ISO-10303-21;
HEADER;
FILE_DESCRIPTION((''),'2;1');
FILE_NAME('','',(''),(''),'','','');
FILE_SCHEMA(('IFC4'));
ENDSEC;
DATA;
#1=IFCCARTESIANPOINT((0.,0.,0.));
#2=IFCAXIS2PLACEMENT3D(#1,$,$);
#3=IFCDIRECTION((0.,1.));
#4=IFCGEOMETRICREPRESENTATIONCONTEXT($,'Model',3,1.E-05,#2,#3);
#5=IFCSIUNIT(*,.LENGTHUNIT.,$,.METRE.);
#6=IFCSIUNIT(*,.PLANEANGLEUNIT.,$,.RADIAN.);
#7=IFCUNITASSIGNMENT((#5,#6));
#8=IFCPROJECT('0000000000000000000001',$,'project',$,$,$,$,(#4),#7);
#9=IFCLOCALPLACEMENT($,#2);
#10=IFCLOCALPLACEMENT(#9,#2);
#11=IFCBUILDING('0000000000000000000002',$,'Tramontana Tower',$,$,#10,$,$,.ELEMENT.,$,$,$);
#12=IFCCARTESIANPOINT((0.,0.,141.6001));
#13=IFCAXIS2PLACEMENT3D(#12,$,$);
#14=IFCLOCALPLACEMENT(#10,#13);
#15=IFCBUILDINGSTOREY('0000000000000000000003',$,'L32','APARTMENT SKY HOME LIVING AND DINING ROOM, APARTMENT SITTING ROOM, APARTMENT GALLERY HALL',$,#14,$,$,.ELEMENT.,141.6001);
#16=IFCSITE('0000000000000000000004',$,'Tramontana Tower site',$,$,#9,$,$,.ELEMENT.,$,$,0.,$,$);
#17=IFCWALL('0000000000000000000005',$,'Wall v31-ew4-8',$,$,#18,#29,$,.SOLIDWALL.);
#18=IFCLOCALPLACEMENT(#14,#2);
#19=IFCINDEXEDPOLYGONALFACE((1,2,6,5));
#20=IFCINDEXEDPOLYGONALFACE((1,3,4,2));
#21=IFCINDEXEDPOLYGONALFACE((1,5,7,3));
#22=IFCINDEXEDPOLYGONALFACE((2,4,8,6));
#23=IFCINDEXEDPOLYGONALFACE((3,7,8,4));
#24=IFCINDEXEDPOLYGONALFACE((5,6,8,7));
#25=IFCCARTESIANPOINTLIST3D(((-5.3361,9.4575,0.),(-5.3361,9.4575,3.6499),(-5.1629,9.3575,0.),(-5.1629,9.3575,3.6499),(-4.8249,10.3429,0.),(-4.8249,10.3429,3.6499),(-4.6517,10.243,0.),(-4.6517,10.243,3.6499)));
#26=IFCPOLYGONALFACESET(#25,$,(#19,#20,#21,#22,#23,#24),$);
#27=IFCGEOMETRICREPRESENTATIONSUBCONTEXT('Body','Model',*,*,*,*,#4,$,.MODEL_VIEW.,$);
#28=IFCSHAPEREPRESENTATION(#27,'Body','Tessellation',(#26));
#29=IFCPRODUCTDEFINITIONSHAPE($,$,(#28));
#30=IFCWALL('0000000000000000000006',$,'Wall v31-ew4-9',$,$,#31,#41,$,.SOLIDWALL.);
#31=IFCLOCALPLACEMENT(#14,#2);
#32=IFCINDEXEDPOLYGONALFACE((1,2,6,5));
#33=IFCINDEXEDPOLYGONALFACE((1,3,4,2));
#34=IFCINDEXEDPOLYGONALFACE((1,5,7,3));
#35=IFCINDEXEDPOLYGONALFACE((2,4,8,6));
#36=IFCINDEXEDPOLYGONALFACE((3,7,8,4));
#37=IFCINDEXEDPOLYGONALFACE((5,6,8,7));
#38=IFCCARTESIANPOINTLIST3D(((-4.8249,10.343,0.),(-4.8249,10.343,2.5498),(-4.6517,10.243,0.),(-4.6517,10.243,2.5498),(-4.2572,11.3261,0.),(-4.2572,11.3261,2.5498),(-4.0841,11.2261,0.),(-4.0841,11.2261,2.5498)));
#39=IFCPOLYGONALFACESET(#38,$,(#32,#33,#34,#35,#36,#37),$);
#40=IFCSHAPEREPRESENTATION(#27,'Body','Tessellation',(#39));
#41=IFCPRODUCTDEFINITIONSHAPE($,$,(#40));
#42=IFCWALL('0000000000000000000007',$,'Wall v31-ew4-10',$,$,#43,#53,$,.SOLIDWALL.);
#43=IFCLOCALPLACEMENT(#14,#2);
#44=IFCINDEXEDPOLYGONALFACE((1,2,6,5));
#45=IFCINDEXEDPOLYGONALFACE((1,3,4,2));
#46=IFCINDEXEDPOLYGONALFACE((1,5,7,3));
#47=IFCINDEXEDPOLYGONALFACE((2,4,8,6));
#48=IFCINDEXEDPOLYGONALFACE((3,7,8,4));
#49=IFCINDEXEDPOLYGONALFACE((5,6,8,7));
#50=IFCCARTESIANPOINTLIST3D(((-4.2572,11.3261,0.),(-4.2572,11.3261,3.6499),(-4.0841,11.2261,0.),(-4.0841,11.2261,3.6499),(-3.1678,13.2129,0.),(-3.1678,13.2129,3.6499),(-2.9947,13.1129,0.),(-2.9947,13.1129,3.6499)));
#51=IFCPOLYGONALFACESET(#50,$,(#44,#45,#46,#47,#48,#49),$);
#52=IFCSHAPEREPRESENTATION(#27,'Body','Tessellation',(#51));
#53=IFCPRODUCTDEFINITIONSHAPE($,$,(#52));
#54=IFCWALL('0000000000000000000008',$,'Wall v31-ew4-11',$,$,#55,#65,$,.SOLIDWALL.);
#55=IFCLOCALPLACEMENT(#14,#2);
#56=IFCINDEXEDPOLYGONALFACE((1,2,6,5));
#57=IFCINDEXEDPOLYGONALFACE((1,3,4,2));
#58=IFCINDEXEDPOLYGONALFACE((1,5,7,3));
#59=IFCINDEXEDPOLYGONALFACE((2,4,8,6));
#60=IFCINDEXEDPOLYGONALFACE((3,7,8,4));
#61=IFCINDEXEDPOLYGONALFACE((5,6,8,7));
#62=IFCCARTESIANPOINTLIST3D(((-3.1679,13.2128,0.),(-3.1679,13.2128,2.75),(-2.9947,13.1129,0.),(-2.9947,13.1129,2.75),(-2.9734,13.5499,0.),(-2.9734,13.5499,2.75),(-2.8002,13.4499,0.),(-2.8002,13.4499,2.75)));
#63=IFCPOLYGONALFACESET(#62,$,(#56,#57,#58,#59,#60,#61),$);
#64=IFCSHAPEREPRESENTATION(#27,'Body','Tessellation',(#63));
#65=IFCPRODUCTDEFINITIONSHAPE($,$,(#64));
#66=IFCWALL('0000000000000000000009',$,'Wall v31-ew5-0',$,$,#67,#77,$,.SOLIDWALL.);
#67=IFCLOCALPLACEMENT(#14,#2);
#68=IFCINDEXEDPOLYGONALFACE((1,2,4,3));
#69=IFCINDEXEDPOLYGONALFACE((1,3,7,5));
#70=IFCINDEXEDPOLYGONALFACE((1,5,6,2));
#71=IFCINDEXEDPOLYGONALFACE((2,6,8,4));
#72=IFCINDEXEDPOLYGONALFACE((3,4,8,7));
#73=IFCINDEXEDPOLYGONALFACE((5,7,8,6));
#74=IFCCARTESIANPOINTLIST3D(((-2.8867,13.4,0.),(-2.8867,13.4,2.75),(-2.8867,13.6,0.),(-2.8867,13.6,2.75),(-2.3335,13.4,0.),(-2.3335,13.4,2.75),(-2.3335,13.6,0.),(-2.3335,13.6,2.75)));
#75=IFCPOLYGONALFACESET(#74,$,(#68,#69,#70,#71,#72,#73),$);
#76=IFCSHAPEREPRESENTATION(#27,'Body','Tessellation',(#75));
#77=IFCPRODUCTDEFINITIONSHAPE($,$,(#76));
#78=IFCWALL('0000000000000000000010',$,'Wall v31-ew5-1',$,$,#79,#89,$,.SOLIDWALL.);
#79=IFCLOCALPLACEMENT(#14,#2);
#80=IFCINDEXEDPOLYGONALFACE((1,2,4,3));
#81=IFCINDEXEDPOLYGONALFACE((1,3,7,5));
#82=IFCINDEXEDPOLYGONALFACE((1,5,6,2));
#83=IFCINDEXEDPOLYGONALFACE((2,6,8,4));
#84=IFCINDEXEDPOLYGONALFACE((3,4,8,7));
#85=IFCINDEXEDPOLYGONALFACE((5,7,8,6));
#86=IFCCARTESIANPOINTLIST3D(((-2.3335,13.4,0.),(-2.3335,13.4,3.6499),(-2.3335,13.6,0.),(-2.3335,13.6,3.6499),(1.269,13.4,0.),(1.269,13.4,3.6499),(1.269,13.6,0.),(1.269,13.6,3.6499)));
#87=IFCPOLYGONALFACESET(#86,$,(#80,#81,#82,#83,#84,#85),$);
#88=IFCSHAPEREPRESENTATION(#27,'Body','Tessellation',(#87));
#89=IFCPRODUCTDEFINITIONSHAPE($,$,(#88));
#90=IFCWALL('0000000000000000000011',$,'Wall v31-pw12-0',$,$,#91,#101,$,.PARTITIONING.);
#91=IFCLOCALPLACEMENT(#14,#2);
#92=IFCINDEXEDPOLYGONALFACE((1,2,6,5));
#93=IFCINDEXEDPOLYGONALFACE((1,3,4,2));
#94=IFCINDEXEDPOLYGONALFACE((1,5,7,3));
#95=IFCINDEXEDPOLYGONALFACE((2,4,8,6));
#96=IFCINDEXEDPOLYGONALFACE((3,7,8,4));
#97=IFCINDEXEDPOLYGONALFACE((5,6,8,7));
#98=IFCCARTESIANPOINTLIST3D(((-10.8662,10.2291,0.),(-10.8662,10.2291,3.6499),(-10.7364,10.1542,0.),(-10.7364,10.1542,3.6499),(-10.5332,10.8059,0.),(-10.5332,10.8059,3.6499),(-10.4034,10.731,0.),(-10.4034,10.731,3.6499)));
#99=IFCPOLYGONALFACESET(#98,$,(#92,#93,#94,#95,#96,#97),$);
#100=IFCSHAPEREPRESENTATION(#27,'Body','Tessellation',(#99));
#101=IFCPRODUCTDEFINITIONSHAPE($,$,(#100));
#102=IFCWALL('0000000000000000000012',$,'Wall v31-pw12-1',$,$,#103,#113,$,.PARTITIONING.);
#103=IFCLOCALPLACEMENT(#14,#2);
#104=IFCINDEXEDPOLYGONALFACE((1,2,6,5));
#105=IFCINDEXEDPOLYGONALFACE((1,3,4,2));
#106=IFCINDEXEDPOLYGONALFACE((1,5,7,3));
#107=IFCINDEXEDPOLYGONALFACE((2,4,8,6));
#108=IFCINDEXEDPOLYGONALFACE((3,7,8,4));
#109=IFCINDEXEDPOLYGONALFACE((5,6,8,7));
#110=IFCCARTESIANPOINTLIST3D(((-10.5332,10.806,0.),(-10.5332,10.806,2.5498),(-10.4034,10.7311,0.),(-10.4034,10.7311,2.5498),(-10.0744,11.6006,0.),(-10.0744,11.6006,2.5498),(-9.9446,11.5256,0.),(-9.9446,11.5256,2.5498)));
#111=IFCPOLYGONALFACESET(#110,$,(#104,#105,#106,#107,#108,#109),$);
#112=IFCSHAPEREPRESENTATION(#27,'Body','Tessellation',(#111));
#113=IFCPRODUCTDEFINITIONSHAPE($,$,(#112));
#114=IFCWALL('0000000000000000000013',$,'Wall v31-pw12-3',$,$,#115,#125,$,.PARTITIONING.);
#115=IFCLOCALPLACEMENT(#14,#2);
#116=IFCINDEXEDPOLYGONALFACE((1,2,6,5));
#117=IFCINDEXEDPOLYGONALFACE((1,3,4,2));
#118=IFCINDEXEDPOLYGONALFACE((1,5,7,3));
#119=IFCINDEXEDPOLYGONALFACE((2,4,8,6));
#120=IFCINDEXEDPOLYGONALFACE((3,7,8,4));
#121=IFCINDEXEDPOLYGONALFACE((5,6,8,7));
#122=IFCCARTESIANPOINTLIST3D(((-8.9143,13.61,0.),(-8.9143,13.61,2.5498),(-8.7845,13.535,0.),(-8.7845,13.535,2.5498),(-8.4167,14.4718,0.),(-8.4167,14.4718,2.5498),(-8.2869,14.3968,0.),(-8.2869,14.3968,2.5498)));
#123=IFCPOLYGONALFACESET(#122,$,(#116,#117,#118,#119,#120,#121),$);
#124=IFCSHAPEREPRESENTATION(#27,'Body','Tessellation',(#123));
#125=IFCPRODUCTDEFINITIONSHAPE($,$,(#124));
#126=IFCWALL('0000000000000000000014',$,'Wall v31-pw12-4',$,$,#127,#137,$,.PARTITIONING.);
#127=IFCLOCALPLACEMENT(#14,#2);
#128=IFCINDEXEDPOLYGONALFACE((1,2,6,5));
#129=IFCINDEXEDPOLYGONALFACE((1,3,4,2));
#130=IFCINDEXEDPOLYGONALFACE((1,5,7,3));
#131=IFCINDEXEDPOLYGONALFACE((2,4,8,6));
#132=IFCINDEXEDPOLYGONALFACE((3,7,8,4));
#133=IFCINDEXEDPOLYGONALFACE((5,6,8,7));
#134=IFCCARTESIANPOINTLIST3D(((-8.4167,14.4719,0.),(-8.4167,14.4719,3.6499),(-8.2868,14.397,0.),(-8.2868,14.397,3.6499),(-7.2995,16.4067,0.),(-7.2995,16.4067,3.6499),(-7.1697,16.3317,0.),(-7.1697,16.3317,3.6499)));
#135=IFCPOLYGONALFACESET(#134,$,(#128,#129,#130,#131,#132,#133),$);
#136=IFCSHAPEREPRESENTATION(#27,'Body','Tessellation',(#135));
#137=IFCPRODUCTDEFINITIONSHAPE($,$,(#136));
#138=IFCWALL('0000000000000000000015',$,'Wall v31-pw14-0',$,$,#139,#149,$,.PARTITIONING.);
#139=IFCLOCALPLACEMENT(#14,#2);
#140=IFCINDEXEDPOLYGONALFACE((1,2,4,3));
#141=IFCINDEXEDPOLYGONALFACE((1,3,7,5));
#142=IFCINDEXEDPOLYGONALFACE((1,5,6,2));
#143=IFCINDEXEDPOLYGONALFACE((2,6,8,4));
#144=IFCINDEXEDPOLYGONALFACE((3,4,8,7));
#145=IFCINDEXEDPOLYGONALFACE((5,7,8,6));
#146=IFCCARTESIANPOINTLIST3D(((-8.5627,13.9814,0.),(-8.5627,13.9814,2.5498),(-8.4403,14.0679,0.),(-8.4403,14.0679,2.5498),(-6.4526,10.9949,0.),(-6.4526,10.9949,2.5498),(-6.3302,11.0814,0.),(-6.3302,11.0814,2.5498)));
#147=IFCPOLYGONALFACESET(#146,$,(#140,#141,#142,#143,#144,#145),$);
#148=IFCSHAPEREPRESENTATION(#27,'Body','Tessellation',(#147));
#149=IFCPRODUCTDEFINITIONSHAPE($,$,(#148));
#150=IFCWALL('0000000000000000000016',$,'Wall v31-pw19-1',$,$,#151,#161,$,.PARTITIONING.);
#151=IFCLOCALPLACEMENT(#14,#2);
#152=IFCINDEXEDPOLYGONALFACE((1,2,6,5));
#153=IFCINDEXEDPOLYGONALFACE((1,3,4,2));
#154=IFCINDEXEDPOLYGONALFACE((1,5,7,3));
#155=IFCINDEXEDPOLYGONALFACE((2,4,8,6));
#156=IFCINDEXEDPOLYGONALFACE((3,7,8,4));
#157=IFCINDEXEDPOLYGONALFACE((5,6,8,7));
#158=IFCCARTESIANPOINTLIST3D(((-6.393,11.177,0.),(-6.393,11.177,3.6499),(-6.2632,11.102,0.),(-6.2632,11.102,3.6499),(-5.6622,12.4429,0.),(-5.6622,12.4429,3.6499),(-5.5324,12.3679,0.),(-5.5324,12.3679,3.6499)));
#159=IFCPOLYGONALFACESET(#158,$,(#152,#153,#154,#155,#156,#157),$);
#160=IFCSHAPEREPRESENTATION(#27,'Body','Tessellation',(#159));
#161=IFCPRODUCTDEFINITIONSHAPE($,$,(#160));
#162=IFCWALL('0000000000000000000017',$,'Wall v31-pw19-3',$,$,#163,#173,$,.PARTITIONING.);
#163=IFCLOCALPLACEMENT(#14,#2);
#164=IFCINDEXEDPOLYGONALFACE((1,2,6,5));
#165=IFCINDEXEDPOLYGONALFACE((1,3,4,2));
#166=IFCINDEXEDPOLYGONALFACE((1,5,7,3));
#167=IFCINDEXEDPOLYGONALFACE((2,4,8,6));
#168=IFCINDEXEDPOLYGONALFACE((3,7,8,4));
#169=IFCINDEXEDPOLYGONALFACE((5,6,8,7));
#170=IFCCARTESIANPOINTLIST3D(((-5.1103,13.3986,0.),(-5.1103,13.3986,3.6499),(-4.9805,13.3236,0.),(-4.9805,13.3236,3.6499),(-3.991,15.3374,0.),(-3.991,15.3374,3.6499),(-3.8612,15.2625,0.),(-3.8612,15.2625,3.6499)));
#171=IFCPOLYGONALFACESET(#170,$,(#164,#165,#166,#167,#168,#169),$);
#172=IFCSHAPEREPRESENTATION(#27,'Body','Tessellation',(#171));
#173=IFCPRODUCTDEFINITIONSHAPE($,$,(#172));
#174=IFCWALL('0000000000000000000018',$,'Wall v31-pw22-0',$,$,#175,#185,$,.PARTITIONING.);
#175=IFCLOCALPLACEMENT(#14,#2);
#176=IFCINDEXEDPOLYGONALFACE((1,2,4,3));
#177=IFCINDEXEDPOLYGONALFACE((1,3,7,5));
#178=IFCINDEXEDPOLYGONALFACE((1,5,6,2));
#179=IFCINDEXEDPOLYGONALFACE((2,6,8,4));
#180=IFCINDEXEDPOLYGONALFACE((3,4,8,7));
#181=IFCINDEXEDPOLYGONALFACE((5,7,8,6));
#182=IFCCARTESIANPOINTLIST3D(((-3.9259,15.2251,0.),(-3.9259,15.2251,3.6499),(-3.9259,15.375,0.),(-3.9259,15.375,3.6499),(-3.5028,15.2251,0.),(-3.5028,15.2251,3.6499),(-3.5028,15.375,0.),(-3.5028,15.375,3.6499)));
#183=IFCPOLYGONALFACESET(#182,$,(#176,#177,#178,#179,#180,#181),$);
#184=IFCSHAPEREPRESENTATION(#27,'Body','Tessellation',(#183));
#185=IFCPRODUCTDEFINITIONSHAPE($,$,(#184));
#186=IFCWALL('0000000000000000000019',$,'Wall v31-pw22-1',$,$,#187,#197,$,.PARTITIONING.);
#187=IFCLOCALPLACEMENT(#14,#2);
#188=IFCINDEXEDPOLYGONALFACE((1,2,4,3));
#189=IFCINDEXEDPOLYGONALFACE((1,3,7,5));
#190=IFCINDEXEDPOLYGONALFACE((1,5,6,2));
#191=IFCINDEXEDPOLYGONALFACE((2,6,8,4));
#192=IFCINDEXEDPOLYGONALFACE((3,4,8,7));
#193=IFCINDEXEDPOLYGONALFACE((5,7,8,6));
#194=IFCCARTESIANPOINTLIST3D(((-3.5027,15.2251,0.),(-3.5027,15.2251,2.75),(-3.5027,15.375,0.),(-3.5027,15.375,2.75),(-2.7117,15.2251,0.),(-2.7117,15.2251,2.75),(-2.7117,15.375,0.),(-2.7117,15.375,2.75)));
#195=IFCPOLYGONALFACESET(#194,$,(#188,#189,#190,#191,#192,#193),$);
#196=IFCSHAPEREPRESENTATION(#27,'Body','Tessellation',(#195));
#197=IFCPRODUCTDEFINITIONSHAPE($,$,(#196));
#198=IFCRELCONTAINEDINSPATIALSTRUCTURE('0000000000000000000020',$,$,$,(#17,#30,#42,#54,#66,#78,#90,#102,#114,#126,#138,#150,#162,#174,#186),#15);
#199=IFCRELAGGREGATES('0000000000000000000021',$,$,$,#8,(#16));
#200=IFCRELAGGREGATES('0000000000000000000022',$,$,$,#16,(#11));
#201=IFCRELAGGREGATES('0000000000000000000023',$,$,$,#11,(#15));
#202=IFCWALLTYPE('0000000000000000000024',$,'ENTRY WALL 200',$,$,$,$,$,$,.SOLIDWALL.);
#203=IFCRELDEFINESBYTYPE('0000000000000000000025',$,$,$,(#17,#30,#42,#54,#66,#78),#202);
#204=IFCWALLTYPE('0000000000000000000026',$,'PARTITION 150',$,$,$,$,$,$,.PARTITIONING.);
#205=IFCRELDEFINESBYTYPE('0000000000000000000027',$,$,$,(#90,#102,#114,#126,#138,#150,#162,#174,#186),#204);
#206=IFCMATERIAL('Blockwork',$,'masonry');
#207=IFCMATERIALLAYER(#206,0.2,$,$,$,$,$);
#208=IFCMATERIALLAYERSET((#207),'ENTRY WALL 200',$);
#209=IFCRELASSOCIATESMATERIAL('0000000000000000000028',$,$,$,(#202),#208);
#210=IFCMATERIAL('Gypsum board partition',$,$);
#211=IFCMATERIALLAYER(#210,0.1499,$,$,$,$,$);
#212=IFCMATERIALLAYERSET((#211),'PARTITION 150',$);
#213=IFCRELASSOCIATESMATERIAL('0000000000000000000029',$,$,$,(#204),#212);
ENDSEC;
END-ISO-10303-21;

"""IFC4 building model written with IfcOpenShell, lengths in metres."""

from ifc_helpers import new_model, si_unit, direction, frame, frame_2d, origin, place, context, subcontext, project, spatial, rectangle, extrude, material, layer, layer_set, type_object, element, save


model = new_model("IFC4")

# Units and contexts
model_context = context("Model", 3, precision=1e-05, world=origin(), true_north=direction((0.0, 1.0)))
body_context = subcontext(model_context, "Body", "Model", "MODEL_VIEW")
ifc_project = project(units=[si_unit("LENGTHUNIT", "METRE"), si_unit("PLANEANGLEUNIT", "RADIAN")], contexts=[model_context])

# Site, building, storey
site_placement = place(None, origin())
site = spatial("IfcSite", under=ifc_project, at=site_placement, Name="Tramontana Tower site", CompositionType="ELEMENT", RefElevation=0.0)
building_placement = place(site_placement, origin())
building = spatial("IfcBuilding", under=site, at=building_placement, Name="Tramontana Tower", CompositionType="ELEMENT")
storey_placement = place(building_placement, frame((0.0, 0.0, 141.6001)))
storey = spatial("IfcBuildingStorey", under=building, at=storey_placement, Name="L32", Description="APARTMENT SKY HOME LIVING AND DINING ROOM, APARTMENT SITTING ROOM, APARTMENT GALLERY HALL", CompositionType="ELEMENT", Elevation=141.6001)

# Walls
ifc_material_1 = material(Name="Blockwork", Category="masonry")
ifc_layer_1 = layer(ifc_material_1, 0.2)
ifc_layer_set_1 = layer_set([ifc_layer_1], Name="ENTRY WALL 200")
wall_type_1 = type_object("IfcWallType", Name="ENTRY WALL 200", PredefinedType="SOLIDWALL", material=ifc_layer_set_1)
wall_1_placement = place(storey_placement, frame((-5.2495, 9.4075, 0.0), z_axis=(0.0, 0.0, 1.0), x_axis=(0.499991, 0.866031, 0.0)))
element("IfcWall", 1, at=wall_1_placement, inside=storey, type_object=wall_type_1, Name="Wall v31-ew4-8", PredefinedType="SOLIDWALL", context=body_context, shape_type="SweptSolid", body=[
    extrude(rectangle(XDim=1.0225, YDim=0.2, at=frame_2d((0.5112, 0.0))), origin(), (0.0, 0.0, 1.0), 3.6499),
])
wall_2_placement = place(storey_placement, frame((-4.7383, 10.293, 0.0), z_axis=(0.0, 0.0, 1.0), x_axis=(0.500002, 0.866024, 0.0)))
element("IfcWall", 2, at=wall_2_placement, inside=storey, type_object=wall_type_1, Name="Wall v31-ew4-9", PredefinedType="SOLIDWALL", context=body_context, shape_type="SweptSolid", body=[
    extrude(rectangle(XDim=1.1353, YDim=0.2, at=frame_2d((0.5676, 0.0))), origin(), (0.0, 0.0, 1.0), 2.5498),
])
wall_3_placement = place(storey_placement, frame((-4.1707, 11.2761, 0.0), z_axis=(0.0, 0.0, 1.0), x_axis=(0.50002, 0.866014, 0.0)))
element("IfcWall", 3, at=wall_3_placement, inside=storey, type_object=wall_type_1, Name="Wall v31-ew4-10", PredefinedType="SOLIDWALL", context=body_context, shape_type="SweptSolid", body=[
    extrude(rectangle(XDim=2.1787, YDim=0.2, at=frame_2d((1.0894, 0.0))), origin(), (0.0, 0.0, 1.0), 3.6499),
])
wall_4_placement = place(storey_placement, frame((-3.0813, 13.1628, 0.0), z_axis=(0.0, 0.0, 1.0), x_axis=(0.499849, 0.866112, 0.0)))
element("IfcWall", 4, at=wall_4_placement, inside=storey, type_object=wall_type_1, Name="Wall v31-ew4-11", PredefinedType="SOLIDWALL", context=body_context, shape_type="SweptSolid", body=[
    extrude(rectangle(XDim=0.3892, YDim=0.2, at=frame_2d((0.1946, 0.0))), origin(), (0.0, 0.0, 1.0), 2.75),
])
wall_5_placement = place(storey_placement, frame((-2.8867, 13.5, 0.0), z_axis=(0.0, 0.0, 1.0), x_axis=(1.0, 0.0, 0.0)))
element("IfcWall", 5, at=wall_5_placement, inside=storey, type_object=wall_type_1, Name="Wall v31-ew5-0", PredefinedType="SOLIDWALL", context=body_context, shape_type="SweptSolid", body=[
    extrude(rectangle(XDim=0.5532, YDim=0.2, at=frame_2d((0.2766, 0.0))), origin(), (0.0, 0.0, 1.0), 2.75),
])
wall_6_placement = place(storey_placement, frame((-2.3335, 13.5, 0.0), z_axis=(0.0, 0.0, 1.0), x_axis=(1.0, 0.0, 0.0)))
element("IfcWall", 6, at=wall_6_placement, inside=storey, type_object=wall_type_1, Name="Wall v31-ew5-1", PredefinedType="SOLIDWALL", context=body_context, shape_type="SweptSolid", body=[
    extrude(rectangle(XDim=3.6025, YDim=0.2, at=frame_2d((1.8013, 0.0))), origin(), (0.0, 0.0, 1.0), 3.6499),
])
ifc_material_2 = material(Name="Gypsum board partition")
ifc_layer_2 = layer(ifc_material_2, 0.1499)
ifc_layer_set_2 = layer_set([ifc_layer_2], Name="PARTITION 150")
wall_type_2 = type_object("IfcWallType", Name="PARTITION 150", PredefinedType="PARTITIONING", material=ifc_layer_set_2)
wall_7_placement = place(storey_placement, frame((-10.8013, 10.1917, 0.0), z_axis=(0.0, 0.0, 1.0), x_axis=(0.499923, 0.86607, 0.0)))
element("IfcWall", 7, at=wall_7_placement, inside=storey, type_object=wall_type_2, Name="Wall v31-pw12-0", PredefinedType="PARTITIONING", context=body_context, shape_type="SweptSolid", body=[
    extrude(rectangle(XDim=0.666, YDim=0.1499, at=frame_2d((0.333, 0.0))), origin(), (0.0, 0.0, 1.0), 3.6499),
])
wall_8_placement = place(storey_placement, frame((-10.4683, 10.7686, 0.0), z_axis=(0.0, 0.0, 1.0), x_axis=(0.50006, 0.865991, 0.0)))
element("IfcWall", 8, at=wall_8_placement, inside=storey, type_object=wall_type_2, Name="Wall v31-pw12-1", PredefinedType="PARTITIONING", context=body_context, shape_type="SweptSolid", body=[
    extrude(rectangle(XDim=0.9175, YDim=0.1499, at=frame_2d((0.4587, 0.0))), origin(), (0.0, 0.0, 1.0), 2.5498),
])

# Walls
wall_9_placement = place(storey_placement, frame((-8.8494, 13.5725, 0.0), z_axis=(0.0, 0.0, 1.0), x_axis=(0.499991, 0.86603, 0.0)))
element("IfcWall", 9, at=wall_9_placement, inside=storey, type_object=wall_type_2, Name="Wall v31-pw12-3", PredefinedType="PARTITIONING", context=body_context, shape_type="SweptSolid", body=[
    extrude(rectangle(XDim=0.9951, YDim=0.1499, at=frame_2d((0.4976, 0.0))), origin(), (0.0, 0.0, 1.0), 2.5498),
])
wall_10_placement = place(storey_placement, frame((-8.3518, 14.4343, 0.0), z_axis=(0.0, 0.0, 1.0), x_axis=(0.500041, 0.866002, 0.0)))
element("IfcWall", 10, at=wall_10_placement, inside=storey, type_object=wall_type_2, Name="Wall v31-pw12-4", PredefinedType="PARTITIONING", context=body_context, shape_type="SweptSolid", body=[
    extrude(rectangle(XDim=2.2341, YDim=0.1499, at=frame_2d((1.1172, 0.0))), origin(), (0.0, 0.0, 1.0), 3.6499),
])
wall_11_placement = place(storey_placement, frame((-8.5015, 14.0247, 0.0), z_axis=(0.0, 0.0, 1.0), x_axis=(0.577037, -0.816718, 0.0)))
element("IfcWall", 11, at=wall_11_placement, inside=storey, type_object=wall_type_2, Name="Wall v31-pw14-0", PredefinedType="PARTITIONING", context=body_context, shape_type="SweptSolid", body=[
    extrude(rectangle(XDim=3.6567, YDim=0.1499, at=frame_2d((1.8284, 0.0))), origin(), (0.0, 0.0, 1.0), 2.5498),
])

# Wall
wall_12_placement = place(storey_placement, frame((-6.3281, 11.1394, 0.0), z_axis=(0.0, 0.0, 1.0), x_axis=(0.49993, 0.866066, 0.0)))
element("IfcWall", 12, at=wall_12_placement, inside=storey, type_object=wall_type_2, Name="Wall v31-pw19-1", PredefinedType="PARTITIONING", context=body_context, shape_type="SweptSolid", body=[
    extrude(rectangle(XDim=1.4617, YDim=0.1499, at=frame_2d((0.731, 0.0))), origin(), (0.0, 0.0, 1.0), 3.6499),
])

# Walls
wall_13_placement = place(storey_placement, frame((-5.0454, 13.3611, 0.0), z_axis=(0.0, 0.0, 1.0), x_axis=(0.499974, 0.86604, 0.0)))
element("IfcWall", 13, at=wall_13_placement, inside=storey, type_object=wall_type_2, Name="Wall v31-pw19-3", PredefinedType="PARTITIONING", context=body_context, shape_type="SweptSolid", body=[
    extrude(rectangle(XDim=2.2388, YDim=0.1499, at=frame_2d((1.1194, 0.0))), origin(), (0.0, 0.0, 1.0), 3.6499),
])
wall_14_placement = place(storey_placement, frame((-3.9258, 15.3, 0.0), z_axis=(0.0, 0.0, 1.0), x_axis=(1.0, 0.0, 0.0)))
element("IfcWall", 14, at=wall_14_placement, inside=storey, type_object=wall_type_2, Name="Wall v31-pw22-0", PredefinedType="PARTITIONING", context=body_context, shape_type="SweptSolid", body=[
    extrude(rectangle(XDim=0.4231, YDim=0.1499, at=frame_2d((0.2114, 0.0))), origin(), (0.0, 0.0, 1.0), 3.6499),
])
wall_15_placement = place(storey_placement, frame((-3.5027, 15.3, 0.0), z_axis=(0.0, 0.0, 1.0), x_axis=(1.0, 0.0, 0.0)))
element("IfcWall", 15, at=wall_15_placement, inside=storey, type_object=wall_type_2, Name="Wall v31-pw22-1", PredefinedType="PARTITIONING", context=body_context, shape_type="SweptSolid", body=[
    extrude(rectangle(XDim=0.791, YDim=0.1499, at=frame_2d((0.3955, 0.0))), origin(), (0.0, 0.0, 1.0), 2.75),
])

save(model, "model.ifc")
